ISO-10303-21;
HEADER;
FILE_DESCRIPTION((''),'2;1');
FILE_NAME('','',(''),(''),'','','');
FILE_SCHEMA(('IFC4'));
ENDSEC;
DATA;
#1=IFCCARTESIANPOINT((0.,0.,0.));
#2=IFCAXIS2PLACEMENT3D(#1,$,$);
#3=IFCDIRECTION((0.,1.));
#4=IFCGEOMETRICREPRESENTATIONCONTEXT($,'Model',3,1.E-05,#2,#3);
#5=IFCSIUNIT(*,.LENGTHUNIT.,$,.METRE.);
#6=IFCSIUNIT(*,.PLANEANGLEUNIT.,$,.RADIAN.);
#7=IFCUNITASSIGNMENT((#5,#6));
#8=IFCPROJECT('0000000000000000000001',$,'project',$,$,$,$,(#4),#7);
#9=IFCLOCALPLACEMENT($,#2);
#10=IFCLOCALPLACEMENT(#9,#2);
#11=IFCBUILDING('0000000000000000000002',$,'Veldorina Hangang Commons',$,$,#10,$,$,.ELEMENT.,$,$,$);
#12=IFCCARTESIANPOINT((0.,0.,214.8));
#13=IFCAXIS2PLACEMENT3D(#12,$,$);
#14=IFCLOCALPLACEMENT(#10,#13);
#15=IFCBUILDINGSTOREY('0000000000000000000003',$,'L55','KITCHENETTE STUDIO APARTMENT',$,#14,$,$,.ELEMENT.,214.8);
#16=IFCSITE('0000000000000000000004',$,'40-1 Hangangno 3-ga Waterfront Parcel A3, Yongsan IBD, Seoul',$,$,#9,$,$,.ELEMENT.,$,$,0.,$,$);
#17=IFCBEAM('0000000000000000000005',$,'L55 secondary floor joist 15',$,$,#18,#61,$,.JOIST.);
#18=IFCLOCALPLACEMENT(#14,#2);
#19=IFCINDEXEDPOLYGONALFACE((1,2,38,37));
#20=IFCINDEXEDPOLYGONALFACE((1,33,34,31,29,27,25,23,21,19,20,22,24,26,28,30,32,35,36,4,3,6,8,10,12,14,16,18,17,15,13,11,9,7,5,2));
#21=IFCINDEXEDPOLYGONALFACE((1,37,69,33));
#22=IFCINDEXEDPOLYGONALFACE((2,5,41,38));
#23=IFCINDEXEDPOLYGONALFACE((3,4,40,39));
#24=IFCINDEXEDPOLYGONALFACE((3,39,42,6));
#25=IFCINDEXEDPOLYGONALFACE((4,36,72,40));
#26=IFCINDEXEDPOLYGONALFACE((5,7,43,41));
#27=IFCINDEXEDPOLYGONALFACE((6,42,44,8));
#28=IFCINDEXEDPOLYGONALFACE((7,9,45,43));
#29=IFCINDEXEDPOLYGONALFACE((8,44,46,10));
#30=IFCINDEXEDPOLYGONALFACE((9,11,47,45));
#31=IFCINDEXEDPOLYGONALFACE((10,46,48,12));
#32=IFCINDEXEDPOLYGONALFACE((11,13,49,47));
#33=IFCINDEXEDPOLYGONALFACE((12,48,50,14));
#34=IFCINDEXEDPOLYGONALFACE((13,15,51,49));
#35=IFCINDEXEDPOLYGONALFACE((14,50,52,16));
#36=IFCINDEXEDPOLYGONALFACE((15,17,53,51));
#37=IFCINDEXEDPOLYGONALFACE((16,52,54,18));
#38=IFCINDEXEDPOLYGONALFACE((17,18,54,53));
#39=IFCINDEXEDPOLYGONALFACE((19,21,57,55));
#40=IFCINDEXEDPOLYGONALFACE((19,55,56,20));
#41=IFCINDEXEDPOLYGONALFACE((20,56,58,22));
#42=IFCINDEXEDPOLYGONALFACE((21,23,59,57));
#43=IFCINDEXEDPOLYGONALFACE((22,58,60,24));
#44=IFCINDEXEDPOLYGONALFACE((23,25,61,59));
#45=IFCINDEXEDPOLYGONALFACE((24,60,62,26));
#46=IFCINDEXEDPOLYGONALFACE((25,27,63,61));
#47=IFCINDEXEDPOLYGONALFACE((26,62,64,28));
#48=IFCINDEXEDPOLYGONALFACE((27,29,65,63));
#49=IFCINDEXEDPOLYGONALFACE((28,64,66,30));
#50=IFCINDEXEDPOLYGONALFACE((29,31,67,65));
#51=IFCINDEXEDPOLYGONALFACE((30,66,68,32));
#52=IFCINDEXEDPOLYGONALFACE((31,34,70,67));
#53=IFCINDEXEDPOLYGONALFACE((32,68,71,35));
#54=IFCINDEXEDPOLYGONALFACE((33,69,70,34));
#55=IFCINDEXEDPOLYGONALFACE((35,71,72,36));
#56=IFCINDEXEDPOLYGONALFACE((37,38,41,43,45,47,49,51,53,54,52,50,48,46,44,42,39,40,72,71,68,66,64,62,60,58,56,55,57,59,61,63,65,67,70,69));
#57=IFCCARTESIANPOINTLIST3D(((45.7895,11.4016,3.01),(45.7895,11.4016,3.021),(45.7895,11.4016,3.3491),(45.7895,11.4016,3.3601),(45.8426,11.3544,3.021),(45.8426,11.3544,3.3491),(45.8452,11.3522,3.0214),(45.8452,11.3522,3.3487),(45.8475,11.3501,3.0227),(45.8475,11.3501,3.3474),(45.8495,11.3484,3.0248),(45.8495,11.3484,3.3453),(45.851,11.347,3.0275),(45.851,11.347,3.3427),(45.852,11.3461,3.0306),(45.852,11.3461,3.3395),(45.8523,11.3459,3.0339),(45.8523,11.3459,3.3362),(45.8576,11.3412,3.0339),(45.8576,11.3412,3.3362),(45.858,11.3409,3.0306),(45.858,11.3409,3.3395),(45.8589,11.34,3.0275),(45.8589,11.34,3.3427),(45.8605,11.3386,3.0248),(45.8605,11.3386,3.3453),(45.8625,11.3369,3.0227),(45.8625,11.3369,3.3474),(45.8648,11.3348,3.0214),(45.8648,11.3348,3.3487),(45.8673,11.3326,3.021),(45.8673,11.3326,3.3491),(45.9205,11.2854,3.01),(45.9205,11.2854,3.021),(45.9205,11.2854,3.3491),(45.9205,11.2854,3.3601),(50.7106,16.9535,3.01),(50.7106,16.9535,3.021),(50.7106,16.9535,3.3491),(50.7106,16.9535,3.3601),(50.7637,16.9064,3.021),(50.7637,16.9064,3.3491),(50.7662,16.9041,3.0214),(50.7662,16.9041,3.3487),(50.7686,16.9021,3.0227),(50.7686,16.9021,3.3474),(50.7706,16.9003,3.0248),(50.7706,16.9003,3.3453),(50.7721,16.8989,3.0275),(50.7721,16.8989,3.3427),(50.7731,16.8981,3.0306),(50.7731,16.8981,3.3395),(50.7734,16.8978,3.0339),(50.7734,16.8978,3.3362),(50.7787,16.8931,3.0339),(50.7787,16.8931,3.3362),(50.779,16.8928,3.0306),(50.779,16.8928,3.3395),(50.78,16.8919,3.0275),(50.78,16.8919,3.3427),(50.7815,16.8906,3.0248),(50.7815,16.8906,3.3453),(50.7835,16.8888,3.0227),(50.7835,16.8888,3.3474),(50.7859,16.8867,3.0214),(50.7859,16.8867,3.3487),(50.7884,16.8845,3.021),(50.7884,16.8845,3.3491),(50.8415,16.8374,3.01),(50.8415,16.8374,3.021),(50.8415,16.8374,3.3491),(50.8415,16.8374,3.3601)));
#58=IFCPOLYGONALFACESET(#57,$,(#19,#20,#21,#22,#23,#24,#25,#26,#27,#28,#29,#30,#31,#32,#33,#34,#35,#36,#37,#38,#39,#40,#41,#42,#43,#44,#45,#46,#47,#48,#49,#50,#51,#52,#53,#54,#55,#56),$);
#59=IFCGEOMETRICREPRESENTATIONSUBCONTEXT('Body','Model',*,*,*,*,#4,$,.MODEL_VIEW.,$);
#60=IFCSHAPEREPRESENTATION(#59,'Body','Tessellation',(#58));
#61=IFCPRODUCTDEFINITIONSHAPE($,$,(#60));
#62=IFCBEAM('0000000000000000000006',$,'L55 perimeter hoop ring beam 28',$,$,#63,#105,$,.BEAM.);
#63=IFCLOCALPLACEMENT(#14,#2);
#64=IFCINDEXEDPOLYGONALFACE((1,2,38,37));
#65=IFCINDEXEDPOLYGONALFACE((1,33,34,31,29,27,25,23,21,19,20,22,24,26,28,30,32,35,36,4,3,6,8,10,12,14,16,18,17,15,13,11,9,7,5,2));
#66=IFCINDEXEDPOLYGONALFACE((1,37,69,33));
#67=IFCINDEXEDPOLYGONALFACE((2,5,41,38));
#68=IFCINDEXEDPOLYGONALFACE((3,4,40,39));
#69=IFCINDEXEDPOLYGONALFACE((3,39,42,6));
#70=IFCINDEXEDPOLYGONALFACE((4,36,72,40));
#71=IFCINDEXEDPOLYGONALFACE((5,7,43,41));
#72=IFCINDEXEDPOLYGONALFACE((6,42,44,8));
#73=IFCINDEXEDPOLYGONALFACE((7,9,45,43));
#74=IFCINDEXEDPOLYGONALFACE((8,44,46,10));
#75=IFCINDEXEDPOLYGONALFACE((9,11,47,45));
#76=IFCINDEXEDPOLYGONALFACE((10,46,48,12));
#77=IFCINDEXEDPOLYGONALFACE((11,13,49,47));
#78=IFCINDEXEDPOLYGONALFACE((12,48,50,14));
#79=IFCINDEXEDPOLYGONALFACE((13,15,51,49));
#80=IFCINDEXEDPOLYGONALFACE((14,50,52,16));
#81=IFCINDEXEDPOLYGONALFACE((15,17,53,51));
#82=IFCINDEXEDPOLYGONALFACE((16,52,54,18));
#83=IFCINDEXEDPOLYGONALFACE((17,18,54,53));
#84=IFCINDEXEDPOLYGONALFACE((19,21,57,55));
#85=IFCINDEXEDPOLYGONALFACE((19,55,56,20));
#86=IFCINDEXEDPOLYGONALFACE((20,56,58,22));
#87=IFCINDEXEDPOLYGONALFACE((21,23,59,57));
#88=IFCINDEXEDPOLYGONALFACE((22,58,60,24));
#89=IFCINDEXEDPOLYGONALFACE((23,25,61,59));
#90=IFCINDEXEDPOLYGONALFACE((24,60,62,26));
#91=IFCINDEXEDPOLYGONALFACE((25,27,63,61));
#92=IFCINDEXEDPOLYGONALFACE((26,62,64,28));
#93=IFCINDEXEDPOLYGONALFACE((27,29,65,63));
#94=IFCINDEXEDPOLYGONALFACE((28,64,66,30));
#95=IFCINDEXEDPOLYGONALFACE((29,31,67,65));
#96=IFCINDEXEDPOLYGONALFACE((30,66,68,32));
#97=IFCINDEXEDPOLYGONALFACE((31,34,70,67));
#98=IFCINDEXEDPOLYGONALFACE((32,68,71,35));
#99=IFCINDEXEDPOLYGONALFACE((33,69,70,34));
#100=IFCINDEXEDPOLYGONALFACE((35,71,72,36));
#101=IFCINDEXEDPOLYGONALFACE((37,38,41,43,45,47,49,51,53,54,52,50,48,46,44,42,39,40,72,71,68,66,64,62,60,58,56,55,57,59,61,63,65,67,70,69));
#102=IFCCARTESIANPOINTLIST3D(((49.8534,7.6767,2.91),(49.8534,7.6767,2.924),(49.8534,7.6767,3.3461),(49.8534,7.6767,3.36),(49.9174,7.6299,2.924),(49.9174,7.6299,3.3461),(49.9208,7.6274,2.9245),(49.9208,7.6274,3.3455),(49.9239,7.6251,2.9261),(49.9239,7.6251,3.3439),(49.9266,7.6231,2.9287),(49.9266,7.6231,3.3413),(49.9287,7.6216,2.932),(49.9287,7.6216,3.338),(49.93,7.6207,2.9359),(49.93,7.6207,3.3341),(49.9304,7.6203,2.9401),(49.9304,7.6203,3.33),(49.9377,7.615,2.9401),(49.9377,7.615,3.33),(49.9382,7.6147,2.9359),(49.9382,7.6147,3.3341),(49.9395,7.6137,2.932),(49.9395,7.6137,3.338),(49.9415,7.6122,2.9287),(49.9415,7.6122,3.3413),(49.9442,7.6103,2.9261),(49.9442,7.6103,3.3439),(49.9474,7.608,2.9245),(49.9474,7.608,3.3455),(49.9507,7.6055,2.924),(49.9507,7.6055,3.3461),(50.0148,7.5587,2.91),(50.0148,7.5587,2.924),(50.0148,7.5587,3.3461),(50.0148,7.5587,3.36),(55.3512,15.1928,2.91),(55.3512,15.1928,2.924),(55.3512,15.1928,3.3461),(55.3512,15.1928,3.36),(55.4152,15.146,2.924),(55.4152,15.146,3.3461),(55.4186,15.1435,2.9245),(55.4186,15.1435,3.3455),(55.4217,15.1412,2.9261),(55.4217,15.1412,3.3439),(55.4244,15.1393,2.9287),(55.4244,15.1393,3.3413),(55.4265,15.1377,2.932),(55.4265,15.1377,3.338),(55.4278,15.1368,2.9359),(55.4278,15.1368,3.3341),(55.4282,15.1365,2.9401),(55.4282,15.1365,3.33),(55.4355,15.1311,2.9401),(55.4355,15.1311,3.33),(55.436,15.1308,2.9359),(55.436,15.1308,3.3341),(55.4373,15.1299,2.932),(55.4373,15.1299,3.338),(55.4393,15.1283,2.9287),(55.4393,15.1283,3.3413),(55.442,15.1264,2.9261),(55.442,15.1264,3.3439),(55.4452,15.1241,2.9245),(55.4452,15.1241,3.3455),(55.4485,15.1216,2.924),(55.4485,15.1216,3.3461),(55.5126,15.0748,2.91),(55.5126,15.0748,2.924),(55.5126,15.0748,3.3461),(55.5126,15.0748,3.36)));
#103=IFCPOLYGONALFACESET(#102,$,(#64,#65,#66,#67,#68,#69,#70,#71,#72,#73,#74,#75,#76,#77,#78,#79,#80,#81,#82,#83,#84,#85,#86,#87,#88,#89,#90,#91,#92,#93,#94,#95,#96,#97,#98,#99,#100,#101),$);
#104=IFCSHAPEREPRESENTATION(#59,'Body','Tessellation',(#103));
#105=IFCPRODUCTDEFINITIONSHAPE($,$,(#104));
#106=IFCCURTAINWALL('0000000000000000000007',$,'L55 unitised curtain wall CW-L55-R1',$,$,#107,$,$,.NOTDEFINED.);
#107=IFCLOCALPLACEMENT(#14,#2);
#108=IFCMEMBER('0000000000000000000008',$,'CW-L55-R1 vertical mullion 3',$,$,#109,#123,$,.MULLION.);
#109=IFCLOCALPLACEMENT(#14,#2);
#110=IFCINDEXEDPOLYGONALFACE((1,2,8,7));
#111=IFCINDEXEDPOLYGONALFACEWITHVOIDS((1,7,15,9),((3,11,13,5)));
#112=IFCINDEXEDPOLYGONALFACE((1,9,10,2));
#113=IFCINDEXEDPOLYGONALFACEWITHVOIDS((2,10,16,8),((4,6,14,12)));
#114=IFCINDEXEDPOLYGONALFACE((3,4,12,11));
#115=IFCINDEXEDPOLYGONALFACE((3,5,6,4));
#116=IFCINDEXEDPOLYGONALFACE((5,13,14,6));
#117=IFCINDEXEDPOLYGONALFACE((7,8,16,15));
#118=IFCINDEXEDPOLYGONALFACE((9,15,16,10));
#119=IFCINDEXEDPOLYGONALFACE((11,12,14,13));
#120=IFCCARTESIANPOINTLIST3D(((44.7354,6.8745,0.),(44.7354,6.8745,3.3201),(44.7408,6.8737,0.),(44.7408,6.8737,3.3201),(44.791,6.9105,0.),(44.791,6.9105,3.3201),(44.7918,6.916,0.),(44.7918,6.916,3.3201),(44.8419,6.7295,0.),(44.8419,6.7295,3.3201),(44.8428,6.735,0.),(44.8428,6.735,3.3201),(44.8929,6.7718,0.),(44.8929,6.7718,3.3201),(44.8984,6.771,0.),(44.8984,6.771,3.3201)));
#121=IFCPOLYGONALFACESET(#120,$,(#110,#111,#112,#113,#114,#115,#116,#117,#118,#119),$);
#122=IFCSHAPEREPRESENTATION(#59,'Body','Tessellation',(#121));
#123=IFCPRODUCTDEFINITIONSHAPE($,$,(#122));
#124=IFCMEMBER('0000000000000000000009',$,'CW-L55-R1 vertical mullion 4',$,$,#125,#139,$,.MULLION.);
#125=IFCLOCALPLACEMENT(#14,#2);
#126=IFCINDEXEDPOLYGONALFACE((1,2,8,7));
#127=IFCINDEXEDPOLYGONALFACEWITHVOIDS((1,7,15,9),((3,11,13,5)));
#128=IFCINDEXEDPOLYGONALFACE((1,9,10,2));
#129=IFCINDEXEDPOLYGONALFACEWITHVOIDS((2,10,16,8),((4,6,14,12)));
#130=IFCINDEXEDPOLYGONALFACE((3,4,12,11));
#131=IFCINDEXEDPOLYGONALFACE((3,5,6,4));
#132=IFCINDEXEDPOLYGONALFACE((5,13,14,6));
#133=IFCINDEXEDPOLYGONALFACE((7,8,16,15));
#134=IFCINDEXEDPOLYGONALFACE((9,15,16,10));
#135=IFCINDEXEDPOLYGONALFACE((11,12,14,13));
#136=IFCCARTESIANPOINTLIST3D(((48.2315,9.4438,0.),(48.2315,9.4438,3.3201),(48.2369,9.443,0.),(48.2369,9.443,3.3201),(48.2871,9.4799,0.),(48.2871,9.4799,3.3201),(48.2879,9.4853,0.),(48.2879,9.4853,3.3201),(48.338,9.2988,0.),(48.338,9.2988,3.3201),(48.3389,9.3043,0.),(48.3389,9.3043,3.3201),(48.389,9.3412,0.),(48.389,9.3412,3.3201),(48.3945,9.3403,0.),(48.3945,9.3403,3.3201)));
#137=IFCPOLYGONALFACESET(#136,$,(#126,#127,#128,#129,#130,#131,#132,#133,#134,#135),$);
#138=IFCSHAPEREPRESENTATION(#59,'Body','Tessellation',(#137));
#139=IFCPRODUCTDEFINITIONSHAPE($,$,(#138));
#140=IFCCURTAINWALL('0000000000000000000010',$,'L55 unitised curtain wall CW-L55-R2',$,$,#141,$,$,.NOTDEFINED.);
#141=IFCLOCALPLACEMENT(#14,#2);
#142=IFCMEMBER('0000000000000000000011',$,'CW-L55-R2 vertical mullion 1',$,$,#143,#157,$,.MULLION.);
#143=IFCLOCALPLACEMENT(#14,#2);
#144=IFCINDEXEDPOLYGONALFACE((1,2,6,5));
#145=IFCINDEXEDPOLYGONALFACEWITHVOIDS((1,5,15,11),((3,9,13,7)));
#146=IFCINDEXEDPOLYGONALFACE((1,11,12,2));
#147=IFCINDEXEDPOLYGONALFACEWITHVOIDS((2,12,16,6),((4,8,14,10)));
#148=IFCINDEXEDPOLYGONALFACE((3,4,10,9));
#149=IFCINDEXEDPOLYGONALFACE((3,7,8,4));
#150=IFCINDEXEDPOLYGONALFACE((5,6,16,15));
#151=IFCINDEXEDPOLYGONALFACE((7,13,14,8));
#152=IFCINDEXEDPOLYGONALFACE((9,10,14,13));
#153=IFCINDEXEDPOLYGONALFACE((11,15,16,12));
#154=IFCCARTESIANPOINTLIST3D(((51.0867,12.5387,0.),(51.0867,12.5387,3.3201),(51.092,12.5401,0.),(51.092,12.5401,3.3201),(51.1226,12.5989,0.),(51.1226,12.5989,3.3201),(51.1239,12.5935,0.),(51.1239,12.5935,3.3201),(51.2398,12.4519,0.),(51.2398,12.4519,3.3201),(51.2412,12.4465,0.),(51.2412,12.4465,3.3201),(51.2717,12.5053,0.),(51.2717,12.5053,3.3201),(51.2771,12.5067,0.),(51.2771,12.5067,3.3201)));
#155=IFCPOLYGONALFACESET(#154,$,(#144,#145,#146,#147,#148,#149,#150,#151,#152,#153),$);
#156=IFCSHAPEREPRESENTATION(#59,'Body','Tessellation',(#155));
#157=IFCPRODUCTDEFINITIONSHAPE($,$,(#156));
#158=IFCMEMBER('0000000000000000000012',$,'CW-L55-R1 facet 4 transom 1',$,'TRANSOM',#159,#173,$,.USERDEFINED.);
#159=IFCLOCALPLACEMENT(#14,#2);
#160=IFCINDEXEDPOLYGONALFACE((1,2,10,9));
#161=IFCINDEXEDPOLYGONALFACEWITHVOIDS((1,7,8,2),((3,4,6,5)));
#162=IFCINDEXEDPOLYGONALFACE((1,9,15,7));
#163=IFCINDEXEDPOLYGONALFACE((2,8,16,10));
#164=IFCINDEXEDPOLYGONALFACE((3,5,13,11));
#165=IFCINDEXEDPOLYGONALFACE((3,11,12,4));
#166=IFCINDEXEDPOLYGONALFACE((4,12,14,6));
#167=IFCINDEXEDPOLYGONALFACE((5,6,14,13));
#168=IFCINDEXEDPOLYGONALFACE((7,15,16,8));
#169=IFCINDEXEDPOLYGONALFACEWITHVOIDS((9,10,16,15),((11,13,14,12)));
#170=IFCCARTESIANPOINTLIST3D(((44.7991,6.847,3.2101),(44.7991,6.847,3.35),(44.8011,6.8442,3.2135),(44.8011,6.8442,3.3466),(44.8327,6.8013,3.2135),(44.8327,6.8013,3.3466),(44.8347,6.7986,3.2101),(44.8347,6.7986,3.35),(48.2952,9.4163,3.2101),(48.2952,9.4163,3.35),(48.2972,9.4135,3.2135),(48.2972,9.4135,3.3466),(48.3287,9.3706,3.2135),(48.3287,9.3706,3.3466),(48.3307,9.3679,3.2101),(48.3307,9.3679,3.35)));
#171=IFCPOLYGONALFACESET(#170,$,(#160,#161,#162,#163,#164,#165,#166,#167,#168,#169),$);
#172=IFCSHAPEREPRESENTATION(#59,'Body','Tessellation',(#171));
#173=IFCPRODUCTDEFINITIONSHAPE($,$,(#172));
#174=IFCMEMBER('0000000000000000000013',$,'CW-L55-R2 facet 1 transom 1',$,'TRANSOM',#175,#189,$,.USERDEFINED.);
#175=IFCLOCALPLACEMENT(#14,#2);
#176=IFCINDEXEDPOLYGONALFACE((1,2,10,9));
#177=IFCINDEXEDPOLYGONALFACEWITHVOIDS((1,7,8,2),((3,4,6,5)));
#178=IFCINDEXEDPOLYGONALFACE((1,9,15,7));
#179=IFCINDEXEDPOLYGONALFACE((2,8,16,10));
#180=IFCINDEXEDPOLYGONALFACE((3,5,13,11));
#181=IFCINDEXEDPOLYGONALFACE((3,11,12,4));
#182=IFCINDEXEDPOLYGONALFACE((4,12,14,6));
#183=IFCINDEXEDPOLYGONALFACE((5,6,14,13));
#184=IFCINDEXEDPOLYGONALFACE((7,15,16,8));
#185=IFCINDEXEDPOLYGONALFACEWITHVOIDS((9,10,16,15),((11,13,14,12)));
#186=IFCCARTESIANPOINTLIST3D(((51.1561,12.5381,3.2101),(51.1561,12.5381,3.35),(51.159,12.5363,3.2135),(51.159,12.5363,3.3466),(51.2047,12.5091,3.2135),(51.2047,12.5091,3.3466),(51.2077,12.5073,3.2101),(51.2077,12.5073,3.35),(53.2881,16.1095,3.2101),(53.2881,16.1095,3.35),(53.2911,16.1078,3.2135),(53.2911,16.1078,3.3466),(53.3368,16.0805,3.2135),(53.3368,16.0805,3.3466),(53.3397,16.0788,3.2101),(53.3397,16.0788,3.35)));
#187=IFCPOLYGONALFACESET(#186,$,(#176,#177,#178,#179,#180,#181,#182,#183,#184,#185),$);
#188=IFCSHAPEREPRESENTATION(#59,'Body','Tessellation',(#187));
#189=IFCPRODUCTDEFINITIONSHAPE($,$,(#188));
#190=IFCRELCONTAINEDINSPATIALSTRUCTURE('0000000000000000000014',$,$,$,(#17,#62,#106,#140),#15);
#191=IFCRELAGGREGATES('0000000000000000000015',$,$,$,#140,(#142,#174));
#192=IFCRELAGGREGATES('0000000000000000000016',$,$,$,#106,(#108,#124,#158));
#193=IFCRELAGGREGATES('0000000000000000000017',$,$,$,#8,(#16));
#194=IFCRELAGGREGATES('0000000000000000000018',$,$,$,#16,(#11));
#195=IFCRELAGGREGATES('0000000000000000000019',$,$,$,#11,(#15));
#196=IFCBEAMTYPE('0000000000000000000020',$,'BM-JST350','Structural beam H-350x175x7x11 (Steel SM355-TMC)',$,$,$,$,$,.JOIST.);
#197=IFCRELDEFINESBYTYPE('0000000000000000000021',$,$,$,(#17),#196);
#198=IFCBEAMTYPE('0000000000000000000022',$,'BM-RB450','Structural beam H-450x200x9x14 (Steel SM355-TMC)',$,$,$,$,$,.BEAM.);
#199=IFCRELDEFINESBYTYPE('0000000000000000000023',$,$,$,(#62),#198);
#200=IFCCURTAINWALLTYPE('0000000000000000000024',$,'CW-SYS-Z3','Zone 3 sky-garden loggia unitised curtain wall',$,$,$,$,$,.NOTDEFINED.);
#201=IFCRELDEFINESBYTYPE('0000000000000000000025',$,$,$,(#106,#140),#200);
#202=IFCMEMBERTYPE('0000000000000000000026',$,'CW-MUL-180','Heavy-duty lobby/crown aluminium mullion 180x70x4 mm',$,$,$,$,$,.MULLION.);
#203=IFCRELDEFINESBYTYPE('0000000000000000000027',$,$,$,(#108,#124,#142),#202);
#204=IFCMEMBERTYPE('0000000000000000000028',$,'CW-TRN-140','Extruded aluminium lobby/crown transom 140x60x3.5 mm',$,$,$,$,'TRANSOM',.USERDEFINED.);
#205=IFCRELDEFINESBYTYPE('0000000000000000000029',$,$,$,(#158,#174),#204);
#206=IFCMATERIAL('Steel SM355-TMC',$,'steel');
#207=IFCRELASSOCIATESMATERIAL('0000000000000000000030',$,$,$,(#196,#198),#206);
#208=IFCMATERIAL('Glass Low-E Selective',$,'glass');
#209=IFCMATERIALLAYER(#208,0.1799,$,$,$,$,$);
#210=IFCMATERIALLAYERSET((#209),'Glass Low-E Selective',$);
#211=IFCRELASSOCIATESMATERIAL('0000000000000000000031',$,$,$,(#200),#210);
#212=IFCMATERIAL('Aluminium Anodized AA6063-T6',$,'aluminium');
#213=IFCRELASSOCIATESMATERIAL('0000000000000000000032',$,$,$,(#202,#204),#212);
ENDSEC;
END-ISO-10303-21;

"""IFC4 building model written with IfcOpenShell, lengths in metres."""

from ifc_helpers import new_model, si_unit, direction, frame, origin, origin_2d, place, context, subcontext, project, spatial, hollow_rectangle, i_section, extrude, material, layer, layer_set, material_profile, profile_set, type_object, element, aggregate, save


model = new_model("IFC4")

# Units and contexts
model_context = context("Model", 3, precision=1e-05, world=origin(), true_north=direction((0.0, 1.0)))
body_context = subcontext(model_context, "Body", "Model", "MODEL_VIEW")
ifc_project = project(units=[si_unit("LENGTHUNIT", "METRE"), si_unit("PLANEANGLEUNIT", "RADIAN")], contexts=[model_context])

# Site, building, storey
site_placement = place(None, origin())
site = spatial("IfcSite", under=ifc_project, at=site_placement, Name="40-1 Hangangno 3-ga Waterfront Parcel A3, Yongsan IBD, Seoul", CompositionType="ELEMENT", RefElevation=0.0)
building_placement = place(site_placement, origin())
building = spatial("IfcBuilding", under=site, at=building_placement, Name="Veldorina Hangang Commons", CompositionType="ELEMENT")
storey_placement = place(building_placement, frame((0.0, 0.0, 214.8)))
storey = spatial("IfcBuildingStorey", under=building, at=storey_placement, Name="L55", Description="KITCHENETTE STUDIO APARTMENT", CompositionType="ELEMENT", Elevation=214.8)

# Beams
ifc_material_1 = material(Name="Steel SM355-TMC", Category="steel")
ifc_material_profile_1 = material_profile(ifc_material_1, i_section(OverallWidth=0.175, OverallDepth=0.3501, WebThickness=0.0071, FlangeThickness=0.011, FilletRadius=0.0129, at=origin_2d()), Name="H-350x175x7x11")
ifc_profile_set_1 = profile_set([ifc_material_profile_1], Name="Steel SM355-TMC")
beam_type_1 = type_object("IfcBeamType", Name="BM-JST350", Description="Structural beam H-350x175x7x11 (Steel SM355-TMC)", PredefinedType="JOIST", material=ifc_profile_set_1)
beam_1_placement = place(storey_placement, frame((45.855, 11.3435, 3.1851), z_axis=(0.663311, 0.748344, 0.0), x_axis=(-0.748344, 0.663311, 0.0)))
element("IfcBeam", 1, at=beam_1_placement, inside=storey, type_object=beam_type_1, Name="L55 secondary floor joist 15", PredefinedType="JOIST", context=body_context, shape_type="SweptSolid", body=[
    extrude(i_section(OverallWidth=0.175, OverallDepth=0.3501, WebThickness=0.0071, FlangeThickness=0.011, FilletRadius=0.0129, at=origin_2d()), origin(), (0.0, 0.0, 1.0), 7.4189),
])
ifc_material_profile_2 = material_profile(ifc_material_1, i_section(OverallWidth=0.2, OverallDepth=0.45, WebThickness=0.009, FlangeThickness=0.0139, FilletRadius=0.0161, at=origin_2d()), Name="H-450x200x9x14")
ifc_profile_set_2 = profile_set([ifc_material_profile_2], Name="Steel SM355-TMC")
beam_type_2 = type_object("IfcBeamType", Name="BM-RB450", Description="Structural beam H-450x200x9x14 (Steel SM355-TMC)", PredefinedType="BEAM", material=ifc_profile_set_2)
beam_2_placement = place(storey_placement, frame((49.9341, 7.6177, 3.135), z_axis=(0.590385, 0.807122, 0.0), x_axis=(-0.807122, 0.590385, 0.0)))
element("IfcBeam", 2, at=beam_2_placement, inside=storey, type_object=beam_type_2, Name="L55 perimeter hoop ring beam 28", PredefinedType="BEAM", context=body_context, shape_type="SweptSolid", body=[
    extrude(i_section(OverallWidth=0.2, OverallDepth=0.45, WebThickness=0.009, FlangeThickness=0.0139, FilletRadius=0.0161, at=origin_2d()), origin(), (0.0, 0.0, 1.0), 9.3123),
])

# Curtain wall, members
ifc_material_2 = material(Name="Glass Low-E Selective", Category="glass")
ifc_layer_1 = layer(ifc_material_2, 0.1799)
ifc_layer_set_1 = layer_set([ifc_layer_1], Name="Glass Low-E Selective")
curtain_wall_type = type_object("IfcCurtainWallType", Name="CW-SYS-Z3", Description="Zone 3 sky-garden loggia unitised curtain wall", PredefinedType="NOTDEFINED", material=ifc_layer_set_1)
curtain_wall_1_placement = place(storey_placement, origin())
curtain_wall_1 = element("IfcCurtainWall", 3, at=curtain_wall_1_placement, inside=storey, type_object=curtain_wall_type, Name="L55 unitised curtain wall CW-L55-R1", PredefinedType="NOTDEFINED")
ifc_material_3 = material(Name="Aluminium Anodized AA6063-T6", Category="aluminium")
ifc_material_profile_3 = material_profile(ifc_material_3, hollow_rectangle(XDim=0.0701, YDim=0.1799, WallThickness=0.0039, at=origin_2d()), Name="ALU-RHS-180x70x4")
ifc_profile_set_3 = profile_set([ifc_material_profile_3], Name="Aluminium Anodized AA6063-T6")
member_type_1 = type_object("IfcMemberType", Name="CW-MUL-180", Description="Heavy-duty lobby/crown aluminium mullion 180x70x4 mm", PredefinedType="MULLION", material=ifc_profile_set_3)
member_1_placement = place(storey_placement, frame((44.8169, 6.8228, 0.0), z_axis=(0.0, 0.0, 1.0), x_axis=(0.805804, 0.592182, 0.0)))
member_1 = element("IfcMember", 4, at=member_1_placement, type_object=member_type_1, Name="CW-L55-R1 vertical mullion 3", PredefinedType="MULLION", context=body_context, shape_type="SweptSolid", body=[
    extrude(hollow_rectangle(XDim=0.0701, YDim=0.1799, WallThickness=0.0039, at=origin_2d()), origin(), (0.0, 0.0, 1.0), 3.3201),
])
member_2_placement = place(storey_placement, frame((48.313, 9.3921, 0.0), z_axis=(0.0, 0.0, 1.0), x_axis=(-0.805804, -0.592182, 0.0)))
member_2 = element("IfcMember", 5, at=member_2_placement, type_object=member_type_1, Name="CW-L55-R1 vertical mullion 4", PredefinedType="MULLION", context=body_context, shape_type="SweptSolid", body=[
    extrude(hollow_rectangle(XDim=0.0701, YDim=0.1799, WallThickness=0.0039, at=origin_2d()), origin(), (0.0, 0.0, 1.0), 3.3201),
])

# Curtain wall, member
curtain_wall_2_placement = place(storey_placement, origin())
curtain_wall_2 = element("IfcCurtainWall", 6, at=curtain_wall_2_placement, inside=storey, type_object=curtain_wall_type, Name="L55 unitised curtain wall CW-L55-R2", PredefinedType="NOTDEFINED")
member_3_placement = place(storey_placement, frame((51.1819, 12.5227, 0.0), z_axis=(0.0, 0.0, 1.0), x_axis=(0.512538, 0.858665, 0.0)))
member_3 = element("IfcMember", 7, at=member_3_placement, type_object=member_type_1, Name="CW-L55-R2 vertical mullion 1", PredefinedType="MULLION", context=body_context, shape_type="SweptSolid", body=[
    extrude(hollow_rectangle(XDim=0.0701, YDim=0.1799, WallThickness=0.0039, at=origin_2d()), origin(), (0.0, 0.0, 1.0), 3.3201),
])

# Members
ifc_material_profile_4 = material_profile(ifc_material_3, hollow_rectangle(XDim=0.0601, YDim=0.1399, WallThickness=0.0034, at=origin_2d()), Name="ALU-RHS-140x60x3.5")
ifc_profile_set_4 = profile_set([ifc_material_profile_4], Name="Aluminium Anodized AA6063-T6")
member_type_2 = type_object("IfcMemberType", Name="CW-TRN-140", Description="Extruded aluminium lobby/crown transom 140x60x3.5 mm", ElementType="TRANSOM", PredefinedType="USERDEFINED", material=ifc_profile_set_4)
member_4_placement = place(storey_placement, frame((44.8169, 6.8228, 3.28), z_axis=(0.805796, 0.592193, 0.0), x_axis=(-0.592193, 0.805796, 0.0)))
member_4 = element("IfcMember", 8, at=member_4_placement, type_object=member_type_2, Name="CW-L55-R1 facet 4 transom 1", ObjectType="TRANSOM", PredefinedType="USERDEFINED", context=body_context, shape_type="SweptSolid", body=[
    extrude(hollow_rectangle(XDim=0.0601, YDim=0.1399, WallThickness=0.0034, at=origin_2d()), origin(), (0.0, 0.0, 1.0), 4.3386),
])
member_5_placement = place(storey_placement, frame((51.1819, 12.5227, 3.28), z_axis=(0.512578, 0.858641, 0.0), x_axis=(-0.858641, 0.512578, 0.0)))
member_5 = element("IfcMember", 9, at=member_5_placement, type_object=member_type_2, Name="CW-L55-R2 facet 1 transom 1", ObjectType="TRANSOM", PredefinedType="USERDEFINED", context=body_context, shape_type="SweptSolid", body=[
    extrude(hollow_rectangle(XDim=0.0601, YDim=0.1399, WallThickness=0.0034, at=origin_2d()), origin(), (0.0, 0.0, 1.0), 4.1594),
])
aggregate(curtain_wall_2, [member_3, member_5])

aggregate(curtain_wall_1, [member_1, member_2, member_4])

save(model, "model.ifc")
